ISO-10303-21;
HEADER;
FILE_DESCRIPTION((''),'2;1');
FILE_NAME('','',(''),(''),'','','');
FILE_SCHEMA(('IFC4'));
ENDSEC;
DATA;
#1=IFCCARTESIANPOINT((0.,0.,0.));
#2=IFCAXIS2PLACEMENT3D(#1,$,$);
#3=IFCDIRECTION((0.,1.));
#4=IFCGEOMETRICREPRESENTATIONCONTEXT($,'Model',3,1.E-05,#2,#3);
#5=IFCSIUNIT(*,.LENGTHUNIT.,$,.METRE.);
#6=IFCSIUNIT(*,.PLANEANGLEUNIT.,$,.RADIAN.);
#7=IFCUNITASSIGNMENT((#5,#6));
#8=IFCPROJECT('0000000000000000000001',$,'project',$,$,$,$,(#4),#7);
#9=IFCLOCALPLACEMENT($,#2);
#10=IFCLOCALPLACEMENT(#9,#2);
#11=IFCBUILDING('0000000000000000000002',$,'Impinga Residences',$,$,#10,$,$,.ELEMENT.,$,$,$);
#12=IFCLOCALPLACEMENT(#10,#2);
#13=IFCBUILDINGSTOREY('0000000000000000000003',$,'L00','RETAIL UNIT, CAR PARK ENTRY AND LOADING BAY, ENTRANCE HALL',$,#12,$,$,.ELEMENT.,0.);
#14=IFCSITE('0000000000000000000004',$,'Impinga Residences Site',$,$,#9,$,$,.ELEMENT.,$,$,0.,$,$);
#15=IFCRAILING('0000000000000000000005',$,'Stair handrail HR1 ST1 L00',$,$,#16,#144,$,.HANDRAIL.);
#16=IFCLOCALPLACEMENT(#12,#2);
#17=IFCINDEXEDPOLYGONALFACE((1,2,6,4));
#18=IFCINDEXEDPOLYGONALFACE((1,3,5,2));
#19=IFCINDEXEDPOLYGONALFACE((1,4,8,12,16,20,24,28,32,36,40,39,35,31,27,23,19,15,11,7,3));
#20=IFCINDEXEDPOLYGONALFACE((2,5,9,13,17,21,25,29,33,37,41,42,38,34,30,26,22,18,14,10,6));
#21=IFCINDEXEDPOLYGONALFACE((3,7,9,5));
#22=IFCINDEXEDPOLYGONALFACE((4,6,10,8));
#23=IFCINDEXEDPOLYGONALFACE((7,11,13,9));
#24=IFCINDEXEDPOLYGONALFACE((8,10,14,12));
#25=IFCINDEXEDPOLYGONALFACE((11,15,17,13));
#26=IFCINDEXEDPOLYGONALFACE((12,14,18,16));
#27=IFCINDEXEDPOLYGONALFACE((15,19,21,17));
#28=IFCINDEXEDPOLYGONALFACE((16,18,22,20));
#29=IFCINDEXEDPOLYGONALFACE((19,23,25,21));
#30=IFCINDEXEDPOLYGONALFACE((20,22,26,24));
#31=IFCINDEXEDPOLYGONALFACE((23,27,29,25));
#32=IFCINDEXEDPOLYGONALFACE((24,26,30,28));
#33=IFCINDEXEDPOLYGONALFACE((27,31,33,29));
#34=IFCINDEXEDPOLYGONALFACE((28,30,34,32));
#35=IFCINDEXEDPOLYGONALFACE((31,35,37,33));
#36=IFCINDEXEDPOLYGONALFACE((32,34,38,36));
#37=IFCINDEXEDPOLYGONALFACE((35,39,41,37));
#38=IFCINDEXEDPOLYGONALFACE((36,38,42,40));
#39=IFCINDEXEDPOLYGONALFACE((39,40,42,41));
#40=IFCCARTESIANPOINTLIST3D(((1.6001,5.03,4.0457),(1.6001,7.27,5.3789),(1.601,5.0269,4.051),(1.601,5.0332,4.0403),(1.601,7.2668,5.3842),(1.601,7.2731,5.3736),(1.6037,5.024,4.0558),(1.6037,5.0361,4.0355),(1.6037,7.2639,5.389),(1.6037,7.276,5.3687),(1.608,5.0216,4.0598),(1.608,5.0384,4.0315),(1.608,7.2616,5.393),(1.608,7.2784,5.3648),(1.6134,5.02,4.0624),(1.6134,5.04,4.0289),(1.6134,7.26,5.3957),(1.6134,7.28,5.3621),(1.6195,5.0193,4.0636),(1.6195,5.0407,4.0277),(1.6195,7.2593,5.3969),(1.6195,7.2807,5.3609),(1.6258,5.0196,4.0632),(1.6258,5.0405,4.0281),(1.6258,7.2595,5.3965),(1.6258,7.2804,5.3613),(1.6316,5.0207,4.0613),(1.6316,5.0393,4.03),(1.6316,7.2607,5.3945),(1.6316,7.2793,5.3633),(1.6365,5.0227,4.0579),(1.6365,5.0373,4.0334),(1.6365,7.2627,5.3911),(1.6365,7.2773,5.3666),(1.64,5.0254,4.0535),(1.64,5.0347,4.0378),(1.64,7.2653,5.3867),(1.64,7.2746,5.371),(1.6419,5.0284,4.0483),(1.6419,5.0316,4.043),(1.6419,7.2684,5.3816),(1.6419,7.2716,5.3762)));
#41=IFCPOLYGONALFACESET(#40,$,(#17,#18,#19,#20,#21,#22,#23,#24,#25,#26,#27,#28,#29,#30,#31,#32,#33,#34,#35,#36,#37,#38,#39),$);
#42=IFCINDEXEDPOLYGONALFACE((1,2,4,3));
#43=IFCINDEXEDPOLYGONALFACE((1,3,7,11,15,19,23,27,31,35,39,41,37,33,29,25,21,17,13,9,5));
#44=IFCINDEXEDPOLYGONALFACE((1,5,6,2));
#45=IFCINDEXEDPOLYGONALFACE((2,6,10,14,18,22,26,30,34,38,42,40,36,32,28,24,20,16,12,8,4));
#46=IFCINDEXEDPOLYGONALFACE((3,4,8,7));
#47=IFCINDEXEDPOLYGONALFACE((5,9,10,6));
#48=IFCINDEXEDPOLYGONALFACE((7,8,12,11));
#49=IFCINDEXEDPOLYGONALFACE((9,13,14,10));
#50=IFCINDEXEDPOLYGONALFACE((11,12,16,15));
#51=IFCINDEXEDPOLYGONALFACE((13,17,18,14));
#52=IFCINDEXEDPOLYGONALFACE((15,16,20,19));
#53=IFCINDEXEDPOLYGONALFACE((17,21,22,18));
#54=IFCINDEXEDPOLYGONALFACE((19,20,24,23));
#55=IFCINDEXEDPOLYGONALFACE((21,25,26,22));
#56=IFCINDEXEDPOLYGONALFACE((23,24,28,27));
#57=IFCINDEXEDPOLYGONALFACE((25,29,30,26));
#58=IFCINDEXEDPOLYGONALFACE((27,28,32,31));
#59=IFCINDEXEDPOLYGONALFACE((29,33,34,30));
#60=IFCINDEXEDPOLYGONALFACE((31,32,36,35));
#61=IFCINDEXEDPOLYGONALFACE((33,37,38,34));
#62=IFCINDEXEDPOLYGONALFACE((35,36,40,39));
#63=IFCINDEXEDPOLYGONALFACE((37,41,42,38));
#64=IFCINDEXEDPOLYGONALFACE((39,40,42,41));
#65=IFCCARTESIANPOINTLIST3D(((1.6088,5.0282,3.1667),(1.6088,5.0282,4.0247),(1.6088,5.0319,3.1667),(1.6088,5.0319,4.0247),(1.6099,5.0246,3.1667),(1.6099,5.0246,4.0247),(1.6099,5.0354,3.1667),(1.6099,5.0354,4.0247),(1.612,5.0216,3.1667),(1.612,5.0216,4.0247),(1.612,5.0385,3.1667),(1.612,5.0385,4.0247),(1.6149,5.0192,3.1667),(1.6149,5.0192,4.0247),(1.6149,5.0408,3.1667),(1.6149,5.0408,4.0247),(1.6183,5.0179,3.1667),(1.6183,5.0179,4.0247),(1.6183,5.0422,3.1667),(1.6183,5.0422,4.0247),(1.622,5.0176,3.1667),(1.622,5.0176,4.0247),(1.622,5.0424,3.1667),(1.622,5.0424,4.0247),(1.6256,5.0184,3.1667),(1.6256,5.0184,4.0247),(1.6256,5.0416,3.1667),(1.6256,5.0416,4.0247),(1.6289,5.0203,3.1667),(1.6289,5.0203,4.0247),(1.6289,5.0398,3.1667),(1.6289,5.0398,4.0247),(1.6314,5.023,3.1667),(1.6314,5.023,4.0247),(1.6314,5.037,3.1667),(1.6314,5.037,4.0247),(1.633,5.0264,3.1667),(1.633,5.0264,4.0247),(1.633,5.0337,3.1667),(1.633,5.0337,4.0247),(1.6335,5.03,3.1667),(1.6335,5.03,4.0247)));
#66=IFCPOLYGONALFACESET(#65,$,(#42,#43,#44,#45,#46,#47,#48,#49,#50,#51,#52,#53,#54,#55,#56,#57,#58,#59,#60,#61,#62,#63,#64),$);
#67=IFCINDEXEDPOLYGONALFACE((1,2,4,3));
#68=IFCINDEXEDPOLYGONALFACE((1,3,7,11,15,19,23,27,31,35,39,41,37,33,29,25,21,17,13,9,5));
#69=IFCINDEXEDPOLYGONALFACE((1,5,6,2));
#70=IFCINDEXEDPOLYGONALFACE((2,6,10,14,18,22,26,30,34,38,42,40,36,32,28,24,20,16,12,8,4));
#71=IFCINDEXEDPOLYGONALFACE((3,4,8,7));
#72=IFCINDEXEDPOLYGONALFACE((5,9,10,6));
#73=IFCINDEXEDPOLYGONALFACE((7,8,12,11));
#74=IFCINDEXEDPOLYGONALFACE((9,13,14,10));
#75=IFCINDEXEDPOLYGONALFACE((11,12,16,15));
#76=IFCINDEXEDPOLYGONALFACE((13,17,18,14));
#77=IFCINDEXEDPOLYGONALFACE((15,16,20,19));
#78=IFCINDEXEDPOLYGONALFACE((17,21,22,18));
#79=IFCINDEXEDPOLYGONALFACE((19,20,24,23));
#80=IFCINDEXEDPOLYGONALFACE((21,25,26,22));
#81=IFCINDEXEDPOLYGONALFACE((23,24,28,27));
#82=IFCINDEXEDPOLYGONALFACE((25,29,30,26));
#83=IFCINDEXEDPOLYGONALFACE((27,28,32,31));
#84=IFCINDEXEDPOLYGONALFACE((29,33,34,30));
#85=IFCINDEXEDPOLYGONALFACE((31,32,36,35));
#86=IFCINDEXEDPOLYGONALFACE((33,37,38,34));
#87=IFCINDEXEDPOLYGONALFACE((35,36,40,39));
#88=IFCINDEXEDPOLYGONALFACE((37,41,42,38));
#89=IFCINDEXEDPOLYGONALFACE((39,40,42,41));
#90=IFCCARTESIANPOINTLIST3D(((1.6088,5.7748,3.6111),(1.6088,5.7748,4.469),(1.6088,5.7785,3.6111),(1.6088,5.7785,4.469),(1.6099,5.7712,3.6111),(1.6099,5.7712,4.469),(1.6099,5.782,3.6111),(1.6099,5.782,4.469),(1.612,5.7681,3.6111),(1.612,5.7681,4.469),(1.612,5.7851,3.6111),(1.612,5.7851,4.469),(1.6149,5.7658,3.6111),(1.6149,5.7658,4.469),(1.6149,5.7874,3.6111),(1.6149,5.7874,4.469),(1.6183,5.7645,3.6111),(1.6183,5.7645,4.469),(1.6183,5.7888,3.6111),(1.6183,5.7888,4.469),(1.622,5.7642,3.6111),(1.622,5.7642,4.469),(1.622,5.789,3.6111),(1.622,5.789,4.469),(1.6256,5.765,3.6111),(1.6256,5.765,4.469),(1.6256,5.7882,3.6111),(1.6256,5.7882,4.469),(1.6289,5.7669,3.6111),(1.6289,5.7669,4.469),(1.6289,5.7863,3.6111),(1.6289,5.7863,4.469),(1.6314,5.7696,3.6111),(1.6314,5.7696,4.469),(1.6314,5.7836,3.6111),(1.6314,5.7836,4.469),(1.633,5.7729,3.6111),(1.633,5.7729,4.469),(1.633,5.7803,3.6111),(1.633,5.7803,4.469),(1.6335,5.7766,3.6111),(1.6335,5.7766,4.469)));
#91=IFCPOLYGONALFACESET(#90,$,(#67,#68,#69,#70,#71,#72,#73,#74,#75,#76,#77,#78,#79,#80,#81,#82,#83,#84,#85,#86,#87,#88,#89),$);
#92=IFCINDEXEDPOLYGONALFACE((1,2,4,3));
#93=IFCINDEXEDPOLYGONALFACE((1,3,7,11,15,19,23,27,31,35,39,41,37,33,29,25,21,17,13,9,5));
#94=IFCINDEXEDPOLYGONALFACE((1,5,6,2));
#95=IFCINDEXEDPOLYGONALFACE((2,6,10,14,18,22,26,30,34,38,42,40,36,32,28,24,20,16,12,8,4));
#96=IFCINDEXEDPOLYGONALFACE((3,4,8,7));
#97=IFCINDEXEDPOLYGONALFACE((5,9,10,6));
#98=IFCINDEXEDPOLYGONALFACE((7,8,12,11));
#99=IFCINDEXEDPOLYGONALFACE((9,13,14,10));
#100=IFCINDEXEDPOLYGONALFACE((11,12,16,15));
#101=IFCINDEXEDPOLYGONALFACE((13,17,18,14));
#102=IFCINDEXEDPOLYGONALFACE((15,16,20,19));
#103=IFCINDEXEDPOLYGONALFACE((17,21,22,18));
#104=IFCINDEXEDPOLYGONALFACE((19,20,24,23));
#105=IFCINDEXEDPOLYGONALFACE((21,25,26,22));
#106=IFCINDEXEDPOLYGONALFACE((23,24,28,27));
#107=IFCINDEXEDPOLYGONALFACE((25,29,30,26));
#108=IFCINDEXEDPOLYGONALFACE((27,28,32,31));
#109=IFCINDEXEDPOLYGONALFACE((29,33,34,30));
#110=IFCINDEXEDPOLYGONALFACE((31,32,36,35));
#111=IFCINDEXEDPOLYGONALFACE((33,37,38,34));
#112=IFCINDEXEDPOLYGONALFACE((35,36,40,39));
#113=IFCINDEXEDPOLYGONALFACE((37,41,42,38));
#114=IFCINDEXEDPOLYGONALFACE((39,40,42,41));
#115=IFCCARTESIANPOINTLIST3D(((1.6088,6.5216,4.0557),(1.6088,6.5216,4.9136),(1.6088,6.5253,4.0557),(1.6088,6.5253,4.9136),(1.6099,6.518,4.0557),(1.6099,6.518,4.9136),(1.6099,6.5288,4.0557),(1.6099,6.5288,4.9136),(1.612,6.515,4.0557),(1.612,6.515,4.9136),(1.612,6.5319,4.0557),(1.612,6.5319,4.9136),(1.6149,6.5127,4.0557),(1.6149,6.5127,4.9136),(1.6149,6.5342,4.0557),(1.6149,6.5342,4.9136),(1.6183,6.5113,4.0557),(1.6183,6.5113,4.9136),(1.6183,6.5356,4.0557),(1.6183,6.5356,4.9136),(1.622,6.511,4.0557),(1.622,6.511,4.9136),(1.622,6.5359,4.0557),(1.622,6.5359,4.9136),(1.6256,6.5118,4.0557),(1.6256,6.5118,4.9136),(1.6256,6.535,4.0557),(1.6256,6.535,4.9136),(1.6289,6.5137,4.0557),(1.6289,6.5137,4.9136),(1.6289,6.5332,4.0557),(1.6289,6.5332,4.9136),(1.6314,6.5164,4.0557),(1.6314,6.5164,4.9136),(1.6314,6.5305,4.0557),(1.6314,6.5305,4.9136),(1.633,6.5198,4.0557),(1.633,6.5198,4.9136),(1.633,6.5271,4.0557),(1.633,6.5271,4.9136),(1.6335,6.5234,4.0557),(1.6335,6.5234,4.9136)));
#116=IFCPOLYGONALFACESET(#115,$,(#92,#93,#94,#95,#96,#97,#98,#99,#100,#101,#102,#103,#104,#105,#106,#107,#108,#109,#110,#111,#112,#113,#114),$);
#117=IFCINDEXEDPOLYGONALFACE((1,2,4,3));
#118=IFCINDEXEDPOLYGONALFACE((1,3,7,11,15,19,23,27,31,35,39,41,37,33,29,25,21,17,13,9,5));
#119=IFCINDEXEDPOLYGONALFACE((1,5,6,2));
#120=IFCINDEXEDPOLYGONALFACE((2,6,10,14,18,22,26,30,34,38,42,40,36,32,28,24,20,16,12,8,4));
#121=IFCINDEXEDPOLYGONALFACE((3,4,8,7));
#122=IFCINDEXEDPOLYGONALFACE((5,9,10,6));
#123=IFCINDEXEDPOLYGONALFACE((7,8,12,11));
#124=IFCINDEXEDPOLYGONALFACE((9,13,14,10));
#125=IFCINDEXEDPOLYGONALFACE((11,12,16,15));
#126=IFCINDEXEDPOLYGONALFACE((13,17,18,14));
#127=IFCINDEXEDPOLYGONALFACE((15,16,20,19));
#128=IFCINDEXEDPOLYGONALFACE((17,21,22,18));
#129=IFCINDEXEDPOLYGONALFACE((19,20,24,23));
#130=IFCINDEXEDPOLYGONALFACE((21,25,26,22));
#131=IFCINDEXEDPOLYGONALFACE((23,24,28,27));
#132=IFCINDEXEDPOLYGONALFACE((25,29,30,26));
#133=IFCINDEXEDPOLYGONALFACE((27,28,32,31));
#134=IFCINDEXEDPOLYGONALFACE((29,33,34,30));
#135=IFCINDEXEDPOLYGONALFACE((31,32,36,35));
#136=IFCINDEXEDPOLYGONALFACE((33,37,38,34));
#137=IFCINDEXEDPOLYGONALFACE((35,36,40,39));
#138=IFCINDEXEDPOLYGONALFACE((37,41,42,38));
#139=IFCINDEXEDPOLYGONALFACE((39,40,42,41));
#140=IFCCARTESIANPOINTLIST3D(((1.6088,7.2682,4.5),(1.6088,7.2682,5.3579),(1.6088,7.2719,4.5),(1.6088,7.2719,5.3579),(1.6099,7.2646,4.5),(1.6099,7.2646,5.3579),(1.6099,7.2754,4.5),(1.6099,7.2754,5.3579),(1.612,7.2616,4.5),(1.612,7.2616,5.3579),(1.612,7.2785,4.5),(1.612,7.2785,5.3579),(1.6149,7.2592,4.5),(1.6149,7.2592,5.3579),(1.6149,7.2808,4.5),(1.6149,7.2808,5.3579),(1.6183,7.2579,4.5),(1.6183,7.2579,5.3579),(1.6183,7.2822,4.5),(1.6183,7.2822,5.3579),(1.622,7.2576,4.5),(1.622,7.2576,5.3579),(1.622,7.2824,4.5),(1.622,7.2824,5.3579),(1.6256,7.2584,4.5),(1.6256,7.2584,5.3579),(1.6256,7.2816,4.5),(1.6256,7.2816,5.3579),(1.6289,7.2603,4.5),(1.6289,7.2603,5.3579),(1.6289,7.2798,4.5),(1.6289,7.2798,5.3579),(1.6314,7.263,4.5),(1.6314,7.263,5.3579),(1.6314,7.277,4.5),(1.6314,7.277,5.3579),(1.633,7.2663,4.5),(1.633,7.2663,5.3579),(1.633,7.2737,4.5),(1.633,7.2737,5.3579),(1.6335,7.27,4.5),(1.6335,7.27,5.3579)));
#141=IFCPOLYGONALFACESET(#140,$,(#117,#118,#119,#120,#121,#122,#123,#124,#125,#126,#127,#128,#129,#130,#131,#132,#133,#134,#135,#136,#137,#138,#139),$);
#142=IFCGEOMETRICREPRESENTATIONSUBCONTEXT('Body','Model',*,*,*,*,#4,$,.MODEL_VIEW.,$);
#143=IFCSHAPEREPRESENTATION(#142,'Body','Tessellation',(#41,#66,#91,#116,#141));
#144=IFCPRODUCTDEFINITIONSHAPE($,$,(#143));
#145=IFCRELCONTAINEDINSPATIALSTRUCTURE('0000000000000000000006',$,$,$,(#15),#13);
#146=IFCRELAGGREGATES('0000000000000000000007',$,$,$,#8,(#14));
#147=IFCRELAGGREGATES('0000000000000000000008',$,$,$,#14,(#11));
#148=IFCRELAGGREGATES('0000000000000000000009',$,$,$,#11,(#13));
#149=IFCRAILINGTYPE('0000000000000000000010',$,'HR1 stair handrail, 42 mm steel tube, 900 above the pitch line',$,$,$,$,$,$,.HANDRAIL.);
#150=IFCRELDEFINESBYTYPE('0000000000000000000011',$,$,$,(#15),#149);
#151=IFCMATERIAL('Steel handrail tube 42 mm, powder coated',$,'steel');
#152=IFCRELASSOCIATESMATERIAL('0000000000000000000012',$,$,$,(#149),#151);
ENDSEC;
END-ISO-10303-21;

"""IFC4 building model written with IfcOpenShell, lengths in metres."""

from ifc_helpers import new_model, si_unit, direction, frame, origin, origin_2d, place, context, subcontext, project, spatial, circle, extrude, material, type_object, element, save


model = new_model("IFC4")

# Units and contexts
model_context = context("Model", 3, precision=1e-05, world=origin(), true_north=direction((0.0, 1.0)))
body_context = subcontext(model_context, "Body", "Model", "MODEL_VIEW")
ifc_project = project(units=[si_unit("LENGTHUNIT", "METRE"), si_unit("PLANEANGLEUNIT", "RADIAN")], contexts=[model_context])

# Site, building, storey
site_placement = place(None, origin())
site = spatial("IfcSite", under=ifc_project, at=site_placement, Name="Impinga Residences Site", CompositionType="ELEMENT", RefElevation=0.0)
building_placement = place(site_placement, origin())
building = spatial("IfcBuilding", under=site, at=building_placement, Name="Impinga Residences", CompositionType="ELEMENT")
storey_placement = place(building_placement, origin())
storey = spatial("IfcBuildingStorey", under=building, at=storey_placement, Name="L00", Description="RETAIL UNIT, CAR PARK ENTRY AND LOADING BAY, ENTRANCE HALL", CompositionType="ELEMENT", Elevation=0.0)

# Railing
ifc_material_1 = material(Name="Steel handrail tube 42 mm, powder coated", Category="steel")
railing_type = type_object("IfcRailingType", Name="HR1 stair handrail, 42 mm steel tube, 900 above the pitch line", PredefinedType="HANDRAIL", material=ifc_material_1)
for number, where, name in (
    (1, (1.6211, 5.03, 3.1667), "Stair handrail HR1 ST1 L00"),
):
    element("IfcRailing", number, at=place(storey_placement, frame(where)), inside=storey, type_object=railing_type, Name=name, PredefinedType="HANDRAIL", context=body_context, shape_type="SweptSolid", body=[
        extrude(circle(Radius=0.021, at=origin_2d()), frame((0.0, 0.0, 0.8789), z_axis=(0.0, 0.859306, 0.511462), x_axis=(-1.0, 0.0, 0.0)), (0.0, 0.0, 1.0), 2.6067),
        extrude(circle(Radius=0.0125, at=origin_2d()), origin(), (0.0, 0.0, 1.0), 0.8579),
        extrude(circle(Radius=0.0125, at=origin_2d()), frame((0.0, 0.7466, 0.4443)), (0.0, 0.0, 1.0), 0.8579),
        extrude(circle(Radius=0.0125, at=origin_2d()), frame((0.0, 1.4934, 0.8889)), (0.0, 0.0, 1.0), 0.8579),
        extrude(circle(Radius=0.0125, at=origin_2d()), frame((0.0, 2.24, 1.3333)), (0.0, 0.0, 1.0), 0.8579),
    ])

save(model, "model.ifc")
